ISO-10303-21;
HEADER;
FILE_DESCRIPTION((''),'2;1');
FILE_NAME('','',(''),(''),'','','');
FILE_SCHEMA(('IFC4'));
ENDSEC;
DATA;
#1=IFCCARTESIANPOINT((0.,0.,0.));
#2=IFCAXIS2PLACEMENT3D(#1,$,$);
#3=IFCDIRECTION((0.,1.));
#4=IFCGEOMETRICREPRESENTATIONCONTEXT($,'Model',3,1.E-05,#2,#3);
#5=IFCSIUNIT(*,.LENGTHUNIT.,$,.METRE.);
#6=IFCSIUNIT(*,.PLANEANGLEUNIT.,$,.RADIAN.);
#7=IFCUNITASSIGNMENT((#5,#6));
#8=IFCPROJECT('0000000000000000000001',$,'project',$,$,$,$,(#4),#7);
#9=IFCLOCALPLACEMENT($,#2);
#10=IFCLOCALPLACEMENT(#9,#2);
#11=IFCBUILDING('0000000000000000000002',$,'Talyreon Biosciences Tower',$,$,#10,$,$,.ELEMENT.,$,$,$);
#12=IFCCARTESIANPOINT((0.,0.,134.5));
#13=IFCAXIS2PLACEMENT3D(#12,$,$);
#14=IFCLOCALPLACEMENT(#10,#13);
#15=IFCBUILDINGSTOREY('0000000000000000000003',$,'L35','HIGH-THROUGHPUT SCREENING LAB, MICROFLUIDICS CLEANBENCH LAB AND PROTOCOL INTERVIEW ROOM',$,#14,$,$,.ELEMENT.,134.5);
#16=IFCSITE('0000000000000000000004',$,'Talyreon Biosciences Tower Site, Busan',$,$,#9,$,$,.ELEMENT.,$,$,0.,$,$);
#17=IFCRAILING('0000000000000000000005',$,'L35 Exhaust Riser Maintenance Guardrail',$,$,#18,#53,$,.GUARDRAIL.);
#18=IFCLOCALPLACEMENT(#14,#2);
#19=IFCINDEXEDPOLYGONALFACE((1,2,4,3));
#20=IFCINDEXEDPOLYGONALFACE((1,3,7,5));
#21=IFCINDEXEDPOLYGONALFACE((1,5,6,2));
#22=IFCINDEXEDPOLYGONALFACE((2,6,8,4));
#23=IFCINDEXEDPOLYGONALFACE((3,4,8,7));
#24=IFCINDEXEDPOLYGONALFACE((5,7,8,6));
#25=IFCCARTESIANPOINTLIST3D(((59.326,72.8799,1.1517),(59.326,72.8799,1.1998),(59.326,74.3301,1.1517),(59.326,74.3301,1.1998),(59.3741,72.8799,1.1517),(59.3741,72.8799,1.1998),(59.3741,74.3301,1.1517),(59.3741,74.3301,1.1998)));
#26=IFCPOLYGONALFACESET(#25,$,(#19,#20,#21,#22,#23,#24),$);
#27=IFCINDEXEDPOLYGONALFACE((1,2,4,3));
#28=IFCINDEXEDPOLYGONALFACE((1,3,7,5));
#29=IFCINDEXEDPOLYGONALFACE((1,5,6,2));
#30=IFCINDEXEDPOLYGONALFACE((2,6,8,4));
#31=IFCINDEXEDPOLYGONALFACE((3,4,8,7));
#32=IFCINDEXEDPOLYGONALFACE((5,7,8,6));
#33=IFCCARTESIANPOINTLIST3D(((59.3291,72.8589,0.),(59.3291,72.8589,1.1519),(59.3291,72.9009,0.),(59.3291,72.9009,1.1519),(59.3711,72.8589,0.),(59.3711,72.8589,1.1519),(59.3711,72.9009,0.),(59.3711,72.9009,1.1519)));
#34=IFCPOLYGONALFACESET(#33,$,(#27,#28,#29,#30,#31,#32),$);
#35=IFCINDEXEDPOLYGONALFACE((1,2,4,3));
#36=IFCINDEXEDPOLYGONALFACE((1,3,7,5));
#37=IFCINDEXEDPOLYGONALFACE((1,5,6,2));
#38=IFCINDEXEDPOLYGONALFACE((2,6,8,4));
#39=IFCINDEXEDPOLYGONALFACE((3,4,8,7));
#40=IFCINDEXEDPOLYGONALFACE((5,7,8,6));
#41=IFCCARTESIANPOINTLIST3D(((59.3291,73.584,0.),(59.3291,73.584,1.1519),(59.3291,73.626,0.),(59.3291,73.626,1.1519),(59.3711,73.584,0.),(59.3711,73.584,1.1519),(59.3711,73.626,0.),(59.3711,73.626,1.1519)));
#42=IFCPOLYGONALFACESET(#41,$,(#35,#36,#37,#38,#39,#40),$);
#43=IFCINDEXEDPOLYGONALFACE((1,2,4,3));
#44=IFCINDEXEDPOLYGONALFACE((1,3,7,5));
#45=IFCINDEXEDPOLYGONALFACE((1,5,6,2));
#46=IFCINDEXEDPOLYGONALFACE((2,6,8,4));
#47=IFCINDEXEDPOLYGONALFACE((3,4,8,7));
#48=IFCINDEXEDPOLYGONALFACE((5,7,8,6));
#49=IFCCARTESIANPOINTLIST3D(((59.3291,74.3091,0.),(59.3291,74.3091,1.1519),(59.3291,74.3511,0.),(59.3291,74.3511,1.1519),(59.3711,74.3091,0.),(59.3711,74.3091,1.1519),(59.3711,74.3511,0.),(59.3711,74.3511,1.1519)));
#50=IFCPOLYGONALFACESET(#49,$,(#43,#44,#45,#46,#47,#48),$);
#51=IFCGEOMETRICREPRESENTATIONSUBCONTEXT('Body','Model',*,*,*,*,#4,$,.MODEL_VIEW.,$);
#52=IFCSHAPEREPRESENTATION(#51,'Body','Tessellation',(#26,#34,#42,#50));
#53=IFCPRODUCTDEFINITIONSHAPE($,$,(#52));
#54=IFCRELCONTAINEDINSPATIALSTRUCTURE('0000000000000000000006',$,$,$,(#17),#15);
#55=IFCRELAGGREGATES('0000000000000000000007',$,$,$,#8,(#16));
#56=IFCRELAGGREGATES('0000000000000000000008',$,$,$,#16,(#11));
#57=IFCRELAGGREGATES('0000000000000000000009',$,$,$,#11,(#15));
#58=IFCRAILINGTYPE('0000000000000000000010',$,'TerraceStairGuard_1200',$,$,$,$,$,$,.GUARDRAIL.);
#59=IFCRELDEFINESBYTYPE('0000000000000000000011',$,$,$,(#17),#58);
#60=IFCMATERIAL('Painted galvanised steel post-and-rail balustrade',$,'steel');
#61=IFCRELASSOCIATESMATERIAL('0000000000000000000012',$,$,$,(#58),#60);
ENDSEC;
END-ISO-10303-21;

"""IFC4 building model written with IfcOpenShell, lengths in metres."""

from ifc_helpers import new_model, si_unit, direction, frame, origin, origin_2d, place, context, subcontext, project, spatial, rectangle, extrude, material, type_object, element, save


model = new_model("IFC4")

# Units and contexts
model_context = context("Model", 3, precision=1e-05, world=origin(), true_north=direction((0.0, 1.0)))
body_context = subcontext(model_context, "Body", "Model", "MODEL_VIEW")
ifc_project = project(units=[si_unit("LENGTHUNIT", "METRE"), si_unit("PLANEANGLEUNIT", "RADIAN")], contexts=[model_context])

# Site, building, storey
site_placement = place(None, origin())
site = spatial("IfcSite", under=ifc_project, at=site_placement, Name="Talyreon Biosciences Tower Site, Busan", CompositionType="ELEMENT", RefElevation=0.0)
building_placement = place(site_placement, origin())
building = spatial("IfcBuilding", under=site, at=building_placement, Name="Talyreon Biosciences Tower", CompositionType="ELEMENT")
storey_placement = place(building_placement, frame((0.0, 0.0, 134.5)))
storey = spatial("IfcBuildingStorey", under=building, at=storey_placement, Name="L35", Description="HIGH-THROUGHPUT SCREENING LAB, MICROFLUIDICS CLEANBENCH LAB AND PROTOCOL INTERVIEW ROOM", CompositionType="ELEMENT", Elevation=134.5)

# Railing
ifc_material_1 = material(Name="Painted galvanised steel post-and-rail balustrade", Category="steel")
railing_type_1 = type_object("IfcRailingType", Name="TerraceStairGuard_1200", PredefinedType="GUARDRAIL", material=ifc_material_1)
railing_1_placement = place(storey_placement, frame((59.3501, 72.8799, 0.0)))
element("IfcRailing", 1, at=railing_1_placement, inside=storey, type_object=railing_type_1, Name="L35 Exhaust Riser Maintenance Guardrail", PredefinedType="GUARDRAIL", context=body_context, shape_type="SweptSolid", body=[
    extrude(rectangle(XDim=0.0481, YDim=0.0481, at=origin_2d()), frame((0.0, 0.0, 1.1758), z_axis=(0.0, 1.0, 0.0), x_axis=(-1.0, 0.0, 0.0)), (0.0, 0.0, 1.0), 1.4502),
    extrude(rectangle(XDim=0.042, YDim=0.042, at=origin_2d()), origin(), (0.0, 0.0, 1.0), 1.1519),
    extrude(rectangle(XDim=0.042, YDim=0.042, at=origin_2d()), frame((0.0, 0.7251, 0.0)), (0.0, 0.0, 1.0), 1.1519),
    extrude(rectangle(XDim=0.042, YDim=0.042, at=origin_2d()), frame((0.0, 1.4502, 0.0)), (0.0, 0.0, 1.0), 1.1519),
])

save(model, "model.ifc")
